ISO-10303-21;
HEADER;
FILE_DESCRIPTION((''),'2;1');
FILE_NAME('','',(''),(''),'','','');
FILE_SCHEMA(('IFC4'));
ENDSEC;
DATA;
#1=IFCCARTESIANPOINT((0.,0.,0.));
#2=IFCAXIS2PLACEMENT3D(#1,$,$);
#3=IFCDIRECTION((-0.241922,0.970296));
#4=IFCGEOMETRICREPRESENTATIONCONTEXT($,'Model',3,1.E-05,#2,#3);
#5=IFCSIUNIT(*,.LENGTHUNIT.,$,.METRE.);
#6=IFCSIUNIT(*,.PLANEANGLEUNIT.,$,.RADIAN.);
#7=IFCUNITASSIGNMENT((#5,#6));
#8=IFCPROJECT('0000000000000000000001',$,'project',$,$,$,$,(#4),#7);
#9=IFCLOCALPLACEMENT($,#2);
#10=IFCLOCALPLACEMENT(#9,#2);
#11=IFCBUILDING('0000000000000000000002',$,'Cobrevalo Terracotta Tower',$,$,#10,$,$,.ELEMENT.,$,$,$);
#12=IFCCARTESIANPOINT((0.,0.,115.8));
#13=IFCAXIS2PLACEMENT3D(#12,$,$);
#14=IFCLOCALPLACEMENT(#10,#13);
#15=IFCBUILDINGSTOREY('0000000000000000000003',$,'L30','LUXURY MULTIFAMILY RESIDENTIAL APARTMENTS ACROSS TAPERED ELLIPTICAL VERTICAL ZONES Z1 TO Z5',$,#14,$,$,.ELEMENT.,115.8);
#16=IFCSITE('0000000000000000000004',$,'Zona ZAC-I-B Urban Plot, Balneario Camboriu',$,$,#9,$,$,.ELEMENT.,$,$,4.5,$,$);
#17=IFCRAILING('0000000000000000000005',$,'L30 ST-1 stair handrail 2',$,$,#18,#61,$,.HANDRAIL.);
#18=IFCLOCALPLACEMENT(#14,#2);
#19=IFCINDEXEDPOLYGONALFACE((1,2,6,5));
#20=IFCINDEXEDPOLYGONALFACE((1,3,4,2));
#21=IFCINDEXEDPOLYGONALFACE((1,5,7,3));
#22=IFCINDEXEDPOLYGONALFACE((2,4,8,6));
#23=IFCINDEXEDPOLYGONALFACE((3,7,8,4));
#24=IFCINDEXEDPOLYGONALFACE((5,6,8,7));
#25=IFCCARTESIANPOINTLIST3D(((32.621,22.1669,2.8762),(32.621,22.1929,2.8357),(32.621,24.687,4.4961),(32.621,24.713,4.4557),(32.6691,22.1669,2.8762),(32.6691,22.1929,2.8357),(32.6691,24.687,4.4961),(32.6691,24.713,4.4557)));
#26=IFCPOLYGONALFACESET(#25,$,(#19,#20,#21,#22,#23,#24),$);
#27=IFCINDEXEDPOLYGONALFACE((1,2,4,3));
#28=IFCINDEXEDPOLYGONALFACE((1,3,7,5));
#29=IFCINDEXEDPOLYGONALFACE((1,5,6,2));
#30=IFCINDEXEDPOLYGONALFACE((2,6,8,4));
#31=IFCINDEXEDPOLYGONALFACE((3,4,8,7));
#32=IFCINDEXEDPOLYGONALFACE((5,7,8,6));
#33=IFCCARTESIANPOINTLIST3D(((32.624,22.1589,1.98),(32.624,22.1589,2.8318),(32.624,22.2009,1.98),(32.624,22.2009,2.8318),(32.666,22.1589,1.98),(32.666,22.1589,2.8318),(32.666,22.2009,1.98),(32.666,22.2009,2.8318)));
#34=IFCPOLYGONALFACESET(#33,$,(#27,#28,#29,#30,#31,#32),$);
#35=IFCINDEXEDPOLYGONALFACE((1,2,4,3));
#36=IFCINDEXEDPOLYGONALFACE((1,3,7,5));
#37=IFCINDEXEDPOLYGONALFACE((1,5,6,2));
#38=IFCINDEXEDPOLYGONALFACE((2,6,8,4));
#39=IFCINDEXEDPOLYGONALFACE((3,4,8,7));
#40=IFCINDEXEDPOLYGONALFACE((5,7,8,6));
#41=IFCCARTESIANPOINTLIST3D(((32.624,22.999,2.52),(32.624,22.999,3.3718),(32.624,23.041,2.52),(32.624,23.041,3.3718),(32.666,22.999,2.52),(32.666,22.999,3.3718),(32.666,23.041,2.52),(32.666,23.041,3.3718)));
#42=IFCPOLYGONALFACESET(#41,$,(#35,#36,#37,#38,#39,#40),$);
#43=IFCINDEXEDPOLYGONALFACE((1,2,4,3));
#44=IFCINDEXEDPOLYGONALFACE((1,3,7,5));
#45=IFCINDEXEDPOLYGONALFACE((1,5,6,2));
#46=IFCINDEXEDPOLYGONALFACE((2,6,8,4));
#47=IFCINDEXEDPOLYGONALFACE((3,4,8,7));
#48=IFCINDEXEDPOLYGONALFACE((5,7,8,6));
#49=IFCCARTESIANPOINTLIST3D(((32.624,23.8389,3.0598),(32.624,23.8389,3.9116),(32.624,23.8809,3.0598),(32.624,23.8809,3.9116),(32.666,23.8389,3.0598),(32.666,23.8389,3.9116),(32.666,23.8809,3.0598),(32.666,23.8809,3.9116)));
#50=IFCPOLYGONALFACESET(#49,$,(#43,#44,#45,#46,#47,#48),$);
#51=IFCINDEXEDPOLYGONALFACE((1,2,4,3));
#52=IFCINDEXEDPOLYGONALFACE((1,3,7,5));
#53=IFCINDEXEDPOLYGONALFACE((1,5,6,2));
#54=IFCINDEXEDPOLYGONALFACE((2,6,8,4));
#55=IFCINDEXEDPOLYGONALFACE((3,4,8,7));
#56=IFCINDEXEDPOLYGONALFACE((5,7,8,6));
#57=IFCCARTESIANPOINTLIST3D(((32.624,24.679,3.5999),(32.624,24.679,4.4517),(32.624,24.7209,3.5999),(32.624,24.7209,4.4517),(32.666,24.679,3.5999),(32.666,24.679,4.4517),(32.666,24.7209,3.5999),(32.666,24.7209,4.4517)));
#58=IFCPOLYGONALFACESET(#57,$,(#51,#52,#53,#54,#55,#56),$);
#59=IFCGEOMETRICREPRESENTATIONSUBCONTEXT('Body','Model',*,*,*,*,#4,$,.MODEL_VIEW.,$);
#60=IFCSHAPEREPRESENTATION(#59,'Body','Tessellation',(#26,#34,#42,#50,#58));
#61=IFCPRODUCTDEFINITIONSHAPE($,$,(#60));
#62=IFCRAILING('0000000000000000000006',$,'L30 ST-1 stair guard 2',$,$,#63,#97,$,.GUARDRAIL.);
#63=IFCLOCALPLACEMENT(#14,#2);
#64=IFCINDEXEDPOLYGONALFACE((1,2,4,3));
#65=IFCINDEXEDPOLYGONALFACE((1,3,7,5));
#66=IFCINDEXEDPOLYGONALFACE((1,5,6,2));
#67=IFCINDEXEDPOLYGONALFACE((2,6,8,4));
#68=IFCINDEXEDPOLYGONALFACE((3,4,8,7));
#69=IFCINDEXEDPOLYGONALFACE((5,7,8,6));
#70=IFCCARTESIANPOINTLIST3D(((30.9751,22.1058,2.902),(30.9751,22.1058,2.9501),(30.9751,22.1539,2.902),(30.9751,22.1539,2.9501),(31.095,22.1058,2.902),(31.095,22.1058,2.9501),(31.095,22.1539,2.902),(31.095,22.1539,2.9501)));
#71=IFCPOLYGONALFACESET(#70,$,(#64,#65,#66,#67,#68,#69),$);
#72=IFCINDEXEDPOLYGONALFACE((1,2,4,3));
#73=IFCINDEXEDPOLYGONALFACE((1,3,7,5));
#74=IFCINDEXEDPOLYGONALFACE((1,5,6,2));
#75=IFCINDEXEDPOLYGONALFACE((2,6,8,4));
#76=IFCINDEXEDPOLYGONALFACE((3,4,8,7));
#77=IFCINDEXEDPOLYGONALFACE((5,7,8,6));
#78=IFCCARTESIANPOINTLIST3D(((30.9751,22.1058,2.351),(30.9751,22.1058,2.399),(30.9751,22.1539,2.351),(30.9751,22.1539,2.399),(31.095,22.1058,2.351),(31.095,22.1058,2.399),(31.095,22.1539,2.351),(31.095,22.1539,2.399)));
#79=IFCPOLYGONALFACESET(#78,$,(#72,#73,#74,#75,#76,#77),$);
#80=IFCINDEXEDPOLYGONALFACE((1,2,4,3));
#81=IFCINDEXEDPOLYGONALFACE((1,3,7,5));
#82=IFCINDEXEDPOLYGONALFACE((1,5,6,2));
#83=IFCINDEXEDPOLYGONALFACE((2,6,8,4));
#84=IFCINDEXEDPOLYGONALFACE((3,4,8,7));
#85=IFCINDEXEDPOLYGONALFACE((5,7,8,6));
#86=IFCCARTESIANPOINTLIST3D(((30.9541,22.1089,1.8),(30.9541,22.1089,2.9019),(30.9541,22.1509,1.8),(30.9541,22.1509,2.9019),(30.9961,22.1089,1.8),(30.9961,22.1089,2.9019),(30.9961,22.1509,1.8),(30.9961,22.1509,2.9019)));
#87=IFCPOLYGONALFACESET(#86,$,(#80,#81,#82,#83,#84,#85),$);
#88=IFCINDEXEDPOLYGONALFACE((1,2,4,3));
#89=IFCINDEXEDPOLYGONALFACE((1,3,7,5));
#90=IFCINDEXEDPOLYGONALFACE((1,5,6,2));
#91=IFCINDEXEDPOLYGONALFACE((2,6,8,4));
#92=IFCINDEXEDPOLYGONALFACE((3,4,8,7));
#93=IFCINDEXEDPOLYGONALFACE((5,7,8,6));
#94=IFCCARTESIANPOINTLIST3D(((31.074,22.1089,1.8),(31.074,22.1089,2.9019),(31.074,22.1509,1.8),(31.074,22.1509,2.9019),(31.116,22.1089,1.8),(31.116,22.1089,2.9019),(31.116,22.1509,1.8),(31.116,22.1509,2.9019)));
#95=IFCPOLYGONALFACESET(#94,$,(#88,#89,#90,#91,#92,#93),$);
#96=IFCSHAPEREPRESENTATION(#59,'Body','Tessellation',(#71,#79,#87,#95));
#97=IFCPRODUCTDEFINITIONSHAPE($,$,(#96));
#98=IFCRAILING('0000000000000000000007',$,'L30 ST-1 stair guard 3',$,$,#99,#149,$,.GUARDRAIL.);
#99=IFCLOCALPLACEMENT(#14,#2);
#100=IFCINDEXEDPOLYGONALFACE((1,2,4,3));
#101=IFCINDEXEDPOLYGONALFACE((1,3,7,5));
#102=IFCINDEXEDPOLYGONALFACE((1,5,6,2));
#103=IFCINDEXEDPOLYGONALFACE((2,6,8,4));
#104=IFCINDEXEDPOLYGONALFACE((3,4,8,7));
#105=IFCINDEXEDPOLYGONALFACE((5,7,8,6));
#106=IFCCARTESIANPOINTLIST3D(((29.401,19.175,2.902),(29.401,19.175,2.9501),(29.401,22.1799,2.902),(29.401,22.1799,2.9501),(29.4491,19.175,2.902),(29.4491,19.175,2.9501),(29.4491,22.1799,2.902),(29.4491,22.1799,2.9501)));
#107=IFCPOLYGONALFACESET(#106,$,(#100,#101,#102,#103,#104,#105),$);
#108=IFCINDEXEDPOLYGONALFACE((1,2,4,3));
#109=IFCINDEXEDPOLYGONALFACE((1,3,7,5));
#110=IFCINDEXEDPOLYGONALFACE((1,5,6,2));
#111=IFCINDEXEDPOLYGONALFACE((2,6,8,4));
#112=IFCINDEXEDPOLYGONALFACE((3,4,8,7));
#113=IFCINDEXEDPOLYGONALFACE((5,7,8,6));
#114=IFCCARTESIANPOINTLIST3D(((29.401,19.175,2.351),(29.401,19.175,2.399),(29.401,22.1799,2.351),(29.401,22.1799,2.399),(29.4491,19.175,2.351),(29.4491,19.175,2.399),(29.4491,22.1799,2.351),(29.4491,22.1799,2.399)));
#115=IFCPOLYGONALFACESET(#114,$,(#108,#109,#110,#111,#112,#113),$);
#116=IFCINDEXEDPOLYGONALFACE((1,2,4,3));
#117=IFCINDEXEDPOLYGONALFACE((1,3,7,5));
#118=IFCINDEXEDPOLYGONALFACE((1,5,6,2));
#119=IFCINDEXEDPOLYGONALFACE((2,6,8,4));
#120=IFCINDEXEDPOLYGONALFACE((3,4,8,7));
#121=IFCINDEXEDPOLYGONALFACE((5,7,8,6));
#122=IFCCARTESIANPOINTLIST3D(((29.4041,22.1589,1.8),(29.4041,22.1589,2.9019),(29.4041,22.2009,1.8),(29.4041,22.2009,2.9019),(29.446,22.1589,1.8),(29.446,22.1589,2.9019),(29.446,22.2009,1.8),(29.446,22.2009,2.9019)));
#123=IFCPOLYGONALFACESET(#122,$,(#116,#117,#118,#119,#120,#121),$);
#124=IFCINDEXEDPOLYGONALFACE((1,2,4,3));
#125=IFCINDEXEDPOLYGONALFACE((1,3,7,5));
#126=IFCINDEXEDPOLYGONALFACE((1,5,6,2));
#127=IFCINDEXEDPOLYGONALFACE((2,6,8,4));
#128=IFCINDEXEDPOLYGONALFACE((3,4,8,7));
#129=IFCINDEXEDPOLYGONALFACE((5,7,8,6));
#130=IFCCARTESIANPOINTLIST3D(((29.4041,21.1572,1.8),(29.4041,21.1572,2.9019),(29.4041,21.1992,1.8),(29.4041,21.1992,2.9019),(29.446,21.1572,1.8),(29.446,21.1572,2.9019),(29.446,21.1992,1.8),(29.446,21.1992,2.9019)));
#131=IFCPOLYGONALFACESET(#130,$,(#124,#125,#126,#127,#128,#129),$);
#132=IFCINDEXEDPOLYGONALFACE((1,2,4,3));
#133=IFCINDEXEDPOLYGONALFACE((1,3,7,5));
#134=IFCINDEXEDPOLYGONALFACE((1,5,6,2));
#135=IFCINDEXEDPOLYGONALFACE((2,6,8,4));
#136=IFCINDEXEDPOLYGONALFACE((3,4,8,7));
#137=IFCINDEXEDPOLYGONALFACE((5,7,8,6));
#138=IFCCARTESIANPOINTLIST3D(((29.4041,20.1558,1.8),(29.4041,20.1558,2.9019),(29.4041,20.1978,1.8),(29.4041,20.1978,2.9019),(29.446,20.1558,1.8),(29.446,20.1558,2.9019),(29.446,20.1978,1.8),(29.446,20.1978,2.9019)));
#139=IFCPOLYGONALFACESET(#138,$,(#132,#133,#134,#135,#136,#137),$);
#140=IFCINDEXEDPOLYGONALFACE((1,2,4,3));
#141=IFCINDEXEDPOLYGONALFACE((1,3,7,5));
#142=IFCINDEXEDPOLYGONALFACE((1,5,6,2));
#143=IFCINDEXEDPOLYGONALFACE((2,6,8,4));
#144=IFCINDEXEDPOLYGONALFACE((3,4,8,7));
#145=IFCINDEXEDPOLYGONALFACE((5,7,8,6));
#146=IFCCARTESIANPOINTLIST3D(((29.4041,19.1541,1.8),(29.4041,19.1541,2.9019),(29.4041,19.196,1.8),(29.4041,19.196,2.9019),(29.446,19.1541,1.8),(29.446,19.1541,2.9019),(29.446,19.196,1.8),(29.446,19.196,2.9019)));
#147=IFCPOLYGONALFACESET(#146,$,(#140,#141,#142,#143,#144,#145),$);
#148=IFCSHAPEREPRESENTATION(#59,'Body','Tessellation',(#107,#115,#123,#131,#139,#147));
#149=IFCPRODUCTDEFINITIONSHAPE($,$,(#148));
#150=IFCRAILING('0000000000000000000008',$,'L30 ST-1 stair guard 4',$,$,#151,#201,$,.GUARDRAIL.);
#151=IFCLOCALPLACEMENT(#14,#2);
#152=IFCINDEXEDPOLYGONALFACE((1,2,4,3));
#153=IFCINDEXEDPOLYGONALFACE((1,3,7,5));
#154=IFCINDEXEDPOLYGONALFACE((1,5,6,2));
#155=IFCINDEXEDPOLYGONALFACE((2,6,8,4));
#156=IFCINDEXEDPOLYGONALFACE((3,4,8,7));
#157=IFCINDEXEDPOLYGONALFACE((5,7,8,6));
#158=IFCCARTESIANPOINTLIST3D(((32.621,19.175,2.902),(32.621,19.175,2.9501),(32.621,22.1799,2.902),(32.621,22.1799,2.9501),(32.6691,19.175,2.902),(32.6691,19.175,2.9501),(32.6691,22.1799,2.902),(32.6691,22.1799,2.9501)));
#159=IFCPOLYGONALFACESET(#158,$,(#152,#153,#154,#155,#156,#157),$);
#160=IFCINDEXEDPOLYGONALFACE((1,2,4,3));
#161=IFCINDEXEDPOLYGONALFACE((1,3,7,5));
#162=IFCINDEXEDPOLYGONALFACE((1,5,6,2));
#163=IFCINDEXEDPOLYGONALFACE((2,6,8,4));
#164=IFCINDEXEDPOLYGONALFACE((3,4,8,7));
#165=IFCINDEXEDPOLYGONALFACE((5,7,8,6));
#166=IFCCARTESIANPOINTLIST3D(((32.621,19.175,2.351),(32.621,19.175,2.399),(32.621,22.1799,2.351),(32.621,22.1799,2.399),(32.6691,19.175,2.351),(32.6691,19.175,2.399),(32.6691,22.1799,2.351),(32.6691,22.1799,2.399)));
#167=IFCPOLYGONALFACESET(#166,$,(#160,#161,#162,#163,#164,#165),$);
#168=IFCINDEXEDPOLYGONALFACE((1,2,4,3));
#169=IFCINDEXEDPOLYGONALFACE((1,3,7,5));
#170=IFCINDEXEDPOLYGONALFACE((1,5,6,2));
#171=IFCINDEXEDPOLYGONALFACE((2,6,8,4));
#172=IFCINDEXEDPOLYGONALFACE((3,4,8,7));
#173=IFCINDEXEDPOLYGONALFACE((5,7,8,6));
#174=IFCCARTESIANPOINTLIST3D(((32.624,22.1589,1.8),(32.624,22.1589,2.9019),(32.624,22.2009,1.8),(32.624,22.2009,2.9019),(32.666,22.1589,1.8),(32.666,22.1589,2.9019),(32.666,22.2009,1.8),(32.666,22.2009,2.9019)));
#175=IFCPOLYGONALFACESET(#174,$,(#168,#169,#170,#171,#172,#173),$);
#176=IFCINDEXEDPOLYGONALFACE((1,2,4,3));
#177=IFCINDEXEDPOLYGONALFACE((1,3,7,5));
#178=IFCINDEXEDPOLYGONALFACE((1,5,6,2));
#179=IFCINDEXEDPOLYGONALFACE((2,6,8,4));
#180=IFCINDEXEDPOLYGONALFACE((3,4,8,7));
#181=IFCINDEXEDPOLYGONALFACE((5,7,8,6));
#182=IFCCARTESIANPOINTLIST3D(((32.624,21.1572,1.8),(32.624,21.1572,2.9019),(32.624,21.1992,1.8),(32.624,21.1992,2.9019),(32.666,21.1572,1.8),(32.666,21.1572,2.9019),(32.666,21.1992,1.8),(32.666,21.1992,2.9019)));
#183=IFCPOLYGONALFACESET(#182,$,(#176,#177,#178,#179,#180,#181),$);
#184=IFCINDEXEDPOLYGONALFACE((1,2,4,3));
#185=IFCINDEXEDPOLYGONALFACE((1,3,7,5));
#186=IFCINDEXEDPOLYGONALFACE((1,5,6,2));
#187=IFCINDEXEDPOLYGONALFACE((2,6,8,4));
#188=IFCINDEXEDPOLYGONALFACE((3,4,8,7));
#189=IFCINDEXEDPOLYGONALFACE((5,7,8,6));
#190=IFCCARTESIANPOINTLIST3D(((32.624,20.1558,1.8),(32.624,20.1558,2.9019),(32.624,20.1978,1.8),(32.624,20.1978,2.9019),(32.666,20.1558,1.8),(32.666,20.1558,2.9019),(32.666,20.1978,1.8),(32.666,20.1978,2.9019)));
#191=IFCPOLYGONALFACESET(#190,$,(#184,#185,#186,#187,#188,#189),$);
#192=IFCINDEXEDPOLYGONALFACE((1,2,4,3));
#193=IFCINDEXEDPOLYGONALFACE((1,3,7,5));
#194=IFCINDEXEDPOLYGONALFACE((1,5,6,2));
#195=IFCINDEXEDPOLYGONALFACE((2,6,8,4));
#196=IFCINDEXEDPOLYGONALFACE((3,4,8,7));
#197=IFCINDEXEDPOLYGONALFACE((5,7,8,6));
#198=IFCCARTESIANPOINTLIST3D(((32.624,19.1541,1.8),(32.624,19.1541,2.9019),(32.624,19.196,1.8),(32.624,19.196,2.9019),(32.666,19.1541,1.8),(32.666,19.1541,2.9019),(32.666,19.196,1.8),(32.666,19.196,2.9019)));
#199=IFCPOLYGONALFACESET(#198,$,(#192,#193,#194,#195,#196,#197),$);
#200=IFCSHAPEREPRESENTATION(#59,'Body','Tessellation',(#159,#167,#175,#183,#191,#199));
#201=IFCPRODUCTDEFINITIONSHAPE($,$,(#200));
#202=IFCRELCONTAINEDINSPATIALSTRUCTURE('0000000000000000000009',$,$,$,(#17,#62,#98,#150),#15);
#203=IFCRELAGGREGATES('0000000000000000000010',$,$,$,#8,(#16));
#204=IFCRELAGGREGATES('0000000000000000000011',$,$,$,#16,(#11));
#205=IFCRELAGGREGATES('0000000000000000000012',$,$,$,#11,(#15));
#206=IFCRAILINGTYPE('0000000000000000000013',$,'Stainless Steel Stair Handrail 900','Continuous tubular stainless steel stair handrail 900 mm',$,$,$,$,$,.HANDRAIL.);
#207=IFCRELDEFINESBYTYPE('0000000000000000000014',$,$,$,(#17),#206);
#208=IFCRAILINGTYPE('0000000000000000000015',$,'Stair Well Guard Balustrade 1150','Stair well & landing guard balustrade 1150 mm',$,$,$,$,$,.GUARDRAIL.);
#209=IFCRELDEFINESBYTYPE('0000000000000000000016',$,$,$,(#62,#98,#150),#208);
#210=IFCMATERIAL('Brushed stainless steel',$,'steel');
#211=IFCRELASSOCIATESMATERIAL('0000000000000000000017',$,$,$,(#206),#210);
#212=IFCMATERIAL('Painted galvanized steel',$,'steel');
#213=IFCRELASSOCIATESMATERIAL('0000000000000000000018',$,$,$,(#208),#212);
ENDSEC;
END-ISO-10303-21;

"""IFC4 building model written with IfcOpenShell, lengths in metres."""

from ifc_helpers import new_model, si_unit, direction, frame, origin, origin_2d, place, context, subcontext, project, spatial, rectangle, extrude, material, type_object, element, save


model = new_model("IFC4")

# Units and contexts
model_context = context("Model", 3, precision=1e-05, world=origin(), true_north=direction((-0.241922, 0.970296)))
body_context = subcontext(model_context, "Body", "Model", "MODEL_VIEW")
ifc_project = project(units=[si_unit("LENGTHUNIT", "METRE"), si_unit("PLANEANGLEUNIT", "RADIAN")], contexts=[model_context])

# Site, building, storey
site_placement = place(None, origin())
site = spatial("IfcSite", under=ifc_project, at=site_placement, Name="Zona ZAC-I-B Urban Plot, Balneario Camboriu", CompositionType="ELEMENT", RefElevation=4.5)
building_placement = place(site_placement, origin())
building = spatial("IfcBuilding", under=site, at=building_placement, Name="Cobrevalo Terracotta Tower", CompositionType="ELEMENT")
storey_placement = place(building_placement, frame((0.0, 0.0, 115.8)))
storey = spatial("IfcBuildingStorey", under=building, at=storey_placement, Name="L30", Description="LUXURY MULTIFAMILY RESIDENTIAL APARTMENTS ACROSS TAPERED ELLIPTICAL VERTICAL ZONES Z1 TO Z5", CompositionType="ELEMENT", Elevation=115.8)

# Railings
ifc_material_1 = material(Name="Brushed stainless steel", Category="steel")
railing_type_1 = type_object("IfcRailingType", Name="Stainless Steel Stair Handrail 900", Description="Continuous tubular stainless steel stair handrail 900 mm", PredefinedType="HANDRAIL", material=ifc_material_1)
railing_1_placement = place(storey_placement, frame((32.645, 22.1799, 1.98)))
element("IfcRailing", 1, at=railing_1_placement, inside=storey, type_object=railing_type_1, Name="L30 ST-1 stair handrail 2", PredefinedType="HANDRAIL", context=body_context, shape_type="SweptSolid", body=[
    extrude(rectangle(XDim=0.0481, YDim=0.0481, at=origin_2d()), frame((0.0, 0.0, 0.876), z_axis=(0.0, 0.8412, 0.540725), x_axis=(-1.0, 0.0, 0.0)), (0.0, 0.0, 1.0), 2.9958),
    extrude(rectangle(XDim=0.042, YDim=0.042, at=origin_2d()), origin(), (0.0, 0.0, 1.0), 0.8518),
    extrude(rectangle(XDim=0.042, YDim=0.042, at=origin_2d()), frame((0.0, 0.8401, 0.54)), (0.0, 0.0, 1.0), 0.8518),
    extrude(rectangle(XDim=0.042, YDim=0.042, at=origin_2d()), frame((0.0, 1.6799, 1.0798)), (0.0, 0.0, 1.0), 0.8518),
    extrude(rectangle(XDim=0.042, YDim=0.042, at=origin_2d()), frame((0.0, 2.52, 1.6199)), (0.0, 0.0, 1.0), 0.8518),
])
ifc_material_2 = material(Name="Painted galvanized steel", Category="steel")
railing_type_2 = type_object("IfcRailingType", Name="Stair Well Guard Balustrade 1150", Description="Stair well & landing guard balustrade 1150 mm", PredefinedType="GUARDRAIL", material=ifc_material_2)
railing_2_placement = place(storey_placement, frame((30.9751, 22.1299, 1.8)))
element("IfcRailing", 2, at=railing_2_placement, inside=storey, type_object=railing_type_2, Name="L30 ST-1 stair guard 2", PredefinedType="GUARDRAIL", context=body_context, shape_type="SweptSolid", body=[
    extrude(rectangle(XDim=0.0481, YDim=0.0481, at=origin_2d()), frame((0.0, 0.0, 1.126), z_axis=(1.0, 0.0, 0.0), x_axis=(0.0, 1.0, 0.0)), (0.0, 0.0, 1.0), 0.1199),
    extrude(rectangle(XDim=0.0481, YDim=0.0481, at=origin_2d()), frame((0.0, 0.0, 0.575), z_axis=(1.0, 0.0, 0.0), x_axis=(0.0, 1.0, 0.0)), (0.0, 0.0, 1.0), 0.1199),
    extrude(rectangle(XDim=0.042, YDim=0.042, at=origin_2d()), origin(), (0.0, 0.0, 1.0), 1.1018),
    extrude(rectangle(XDim=0.042, YDim=0.042, at=origin_2d()), frame((0.1199, 0.0, 0.0)), (0.0, 0.0, 1.0), 1.1018),
])
for number, where, name in (
    (3, (29.425, 22.1799, 1.8), "L30 ST-1 stair guard 3"),
    (4, (32.645, 22.1799, 1.8), "L30 ST-1 stair guard 4"),
):
    element("IfcRailing", number, at=place(storey_placement, frame(where)), inside=storey, type_object=railing_type_2, Name=name, PredefinedType="GUARDRAIL", context=body_context, shape_type="SweptSolid", body=[
        extrude(rectangle(XDim=0.0481, YDim=0.0481, at=origin_2d()), frame((0.0, 0.0, 1.126), z_axis=(0.0, -1.0, 0.0), x_axis=(1.0, 0.0, 0.0)), (0.0, 0.0, 1.0), 3.0049),
        extrude(rectangle(XDim=0.0481, YDim=0.0481, at=origin_2d()), frame((0.0, 0.0, 0.575), z_axis=(0.0, -1.0, 0.0), x_axis=(1.0, 0.0, 0.0)), (0.0, 0.0, 1.0), 3.0049),
        extrude(rectangle(XDim=0.042, YDim=0.042, at=origin_2d()), origin(), (0.0, 0.0, 1.0), 1.1018),
        extrude(rectangle(XDim=0.042, YDim=0.042, at=origin_2d()), frame((0.0, -1.0017, 0.0)), (0.0, 0.0, 1.0), 1.1018),
        extrude(rectangle(XDim=0.042, YDim=0.042, at=origin_2d()), frame((0.0, -2.0032, 0.0)), (0.0, 0.0, 1.0), 1.1018),
        extrude(rectangle(XDim=0.042, YDim=0.042, at=origin_2d()), frame((0.0, -3.0049, 0.0)), (0.0, 0.0, 1.0), 1.1018),
    ])

save(model, "model.ifc")
